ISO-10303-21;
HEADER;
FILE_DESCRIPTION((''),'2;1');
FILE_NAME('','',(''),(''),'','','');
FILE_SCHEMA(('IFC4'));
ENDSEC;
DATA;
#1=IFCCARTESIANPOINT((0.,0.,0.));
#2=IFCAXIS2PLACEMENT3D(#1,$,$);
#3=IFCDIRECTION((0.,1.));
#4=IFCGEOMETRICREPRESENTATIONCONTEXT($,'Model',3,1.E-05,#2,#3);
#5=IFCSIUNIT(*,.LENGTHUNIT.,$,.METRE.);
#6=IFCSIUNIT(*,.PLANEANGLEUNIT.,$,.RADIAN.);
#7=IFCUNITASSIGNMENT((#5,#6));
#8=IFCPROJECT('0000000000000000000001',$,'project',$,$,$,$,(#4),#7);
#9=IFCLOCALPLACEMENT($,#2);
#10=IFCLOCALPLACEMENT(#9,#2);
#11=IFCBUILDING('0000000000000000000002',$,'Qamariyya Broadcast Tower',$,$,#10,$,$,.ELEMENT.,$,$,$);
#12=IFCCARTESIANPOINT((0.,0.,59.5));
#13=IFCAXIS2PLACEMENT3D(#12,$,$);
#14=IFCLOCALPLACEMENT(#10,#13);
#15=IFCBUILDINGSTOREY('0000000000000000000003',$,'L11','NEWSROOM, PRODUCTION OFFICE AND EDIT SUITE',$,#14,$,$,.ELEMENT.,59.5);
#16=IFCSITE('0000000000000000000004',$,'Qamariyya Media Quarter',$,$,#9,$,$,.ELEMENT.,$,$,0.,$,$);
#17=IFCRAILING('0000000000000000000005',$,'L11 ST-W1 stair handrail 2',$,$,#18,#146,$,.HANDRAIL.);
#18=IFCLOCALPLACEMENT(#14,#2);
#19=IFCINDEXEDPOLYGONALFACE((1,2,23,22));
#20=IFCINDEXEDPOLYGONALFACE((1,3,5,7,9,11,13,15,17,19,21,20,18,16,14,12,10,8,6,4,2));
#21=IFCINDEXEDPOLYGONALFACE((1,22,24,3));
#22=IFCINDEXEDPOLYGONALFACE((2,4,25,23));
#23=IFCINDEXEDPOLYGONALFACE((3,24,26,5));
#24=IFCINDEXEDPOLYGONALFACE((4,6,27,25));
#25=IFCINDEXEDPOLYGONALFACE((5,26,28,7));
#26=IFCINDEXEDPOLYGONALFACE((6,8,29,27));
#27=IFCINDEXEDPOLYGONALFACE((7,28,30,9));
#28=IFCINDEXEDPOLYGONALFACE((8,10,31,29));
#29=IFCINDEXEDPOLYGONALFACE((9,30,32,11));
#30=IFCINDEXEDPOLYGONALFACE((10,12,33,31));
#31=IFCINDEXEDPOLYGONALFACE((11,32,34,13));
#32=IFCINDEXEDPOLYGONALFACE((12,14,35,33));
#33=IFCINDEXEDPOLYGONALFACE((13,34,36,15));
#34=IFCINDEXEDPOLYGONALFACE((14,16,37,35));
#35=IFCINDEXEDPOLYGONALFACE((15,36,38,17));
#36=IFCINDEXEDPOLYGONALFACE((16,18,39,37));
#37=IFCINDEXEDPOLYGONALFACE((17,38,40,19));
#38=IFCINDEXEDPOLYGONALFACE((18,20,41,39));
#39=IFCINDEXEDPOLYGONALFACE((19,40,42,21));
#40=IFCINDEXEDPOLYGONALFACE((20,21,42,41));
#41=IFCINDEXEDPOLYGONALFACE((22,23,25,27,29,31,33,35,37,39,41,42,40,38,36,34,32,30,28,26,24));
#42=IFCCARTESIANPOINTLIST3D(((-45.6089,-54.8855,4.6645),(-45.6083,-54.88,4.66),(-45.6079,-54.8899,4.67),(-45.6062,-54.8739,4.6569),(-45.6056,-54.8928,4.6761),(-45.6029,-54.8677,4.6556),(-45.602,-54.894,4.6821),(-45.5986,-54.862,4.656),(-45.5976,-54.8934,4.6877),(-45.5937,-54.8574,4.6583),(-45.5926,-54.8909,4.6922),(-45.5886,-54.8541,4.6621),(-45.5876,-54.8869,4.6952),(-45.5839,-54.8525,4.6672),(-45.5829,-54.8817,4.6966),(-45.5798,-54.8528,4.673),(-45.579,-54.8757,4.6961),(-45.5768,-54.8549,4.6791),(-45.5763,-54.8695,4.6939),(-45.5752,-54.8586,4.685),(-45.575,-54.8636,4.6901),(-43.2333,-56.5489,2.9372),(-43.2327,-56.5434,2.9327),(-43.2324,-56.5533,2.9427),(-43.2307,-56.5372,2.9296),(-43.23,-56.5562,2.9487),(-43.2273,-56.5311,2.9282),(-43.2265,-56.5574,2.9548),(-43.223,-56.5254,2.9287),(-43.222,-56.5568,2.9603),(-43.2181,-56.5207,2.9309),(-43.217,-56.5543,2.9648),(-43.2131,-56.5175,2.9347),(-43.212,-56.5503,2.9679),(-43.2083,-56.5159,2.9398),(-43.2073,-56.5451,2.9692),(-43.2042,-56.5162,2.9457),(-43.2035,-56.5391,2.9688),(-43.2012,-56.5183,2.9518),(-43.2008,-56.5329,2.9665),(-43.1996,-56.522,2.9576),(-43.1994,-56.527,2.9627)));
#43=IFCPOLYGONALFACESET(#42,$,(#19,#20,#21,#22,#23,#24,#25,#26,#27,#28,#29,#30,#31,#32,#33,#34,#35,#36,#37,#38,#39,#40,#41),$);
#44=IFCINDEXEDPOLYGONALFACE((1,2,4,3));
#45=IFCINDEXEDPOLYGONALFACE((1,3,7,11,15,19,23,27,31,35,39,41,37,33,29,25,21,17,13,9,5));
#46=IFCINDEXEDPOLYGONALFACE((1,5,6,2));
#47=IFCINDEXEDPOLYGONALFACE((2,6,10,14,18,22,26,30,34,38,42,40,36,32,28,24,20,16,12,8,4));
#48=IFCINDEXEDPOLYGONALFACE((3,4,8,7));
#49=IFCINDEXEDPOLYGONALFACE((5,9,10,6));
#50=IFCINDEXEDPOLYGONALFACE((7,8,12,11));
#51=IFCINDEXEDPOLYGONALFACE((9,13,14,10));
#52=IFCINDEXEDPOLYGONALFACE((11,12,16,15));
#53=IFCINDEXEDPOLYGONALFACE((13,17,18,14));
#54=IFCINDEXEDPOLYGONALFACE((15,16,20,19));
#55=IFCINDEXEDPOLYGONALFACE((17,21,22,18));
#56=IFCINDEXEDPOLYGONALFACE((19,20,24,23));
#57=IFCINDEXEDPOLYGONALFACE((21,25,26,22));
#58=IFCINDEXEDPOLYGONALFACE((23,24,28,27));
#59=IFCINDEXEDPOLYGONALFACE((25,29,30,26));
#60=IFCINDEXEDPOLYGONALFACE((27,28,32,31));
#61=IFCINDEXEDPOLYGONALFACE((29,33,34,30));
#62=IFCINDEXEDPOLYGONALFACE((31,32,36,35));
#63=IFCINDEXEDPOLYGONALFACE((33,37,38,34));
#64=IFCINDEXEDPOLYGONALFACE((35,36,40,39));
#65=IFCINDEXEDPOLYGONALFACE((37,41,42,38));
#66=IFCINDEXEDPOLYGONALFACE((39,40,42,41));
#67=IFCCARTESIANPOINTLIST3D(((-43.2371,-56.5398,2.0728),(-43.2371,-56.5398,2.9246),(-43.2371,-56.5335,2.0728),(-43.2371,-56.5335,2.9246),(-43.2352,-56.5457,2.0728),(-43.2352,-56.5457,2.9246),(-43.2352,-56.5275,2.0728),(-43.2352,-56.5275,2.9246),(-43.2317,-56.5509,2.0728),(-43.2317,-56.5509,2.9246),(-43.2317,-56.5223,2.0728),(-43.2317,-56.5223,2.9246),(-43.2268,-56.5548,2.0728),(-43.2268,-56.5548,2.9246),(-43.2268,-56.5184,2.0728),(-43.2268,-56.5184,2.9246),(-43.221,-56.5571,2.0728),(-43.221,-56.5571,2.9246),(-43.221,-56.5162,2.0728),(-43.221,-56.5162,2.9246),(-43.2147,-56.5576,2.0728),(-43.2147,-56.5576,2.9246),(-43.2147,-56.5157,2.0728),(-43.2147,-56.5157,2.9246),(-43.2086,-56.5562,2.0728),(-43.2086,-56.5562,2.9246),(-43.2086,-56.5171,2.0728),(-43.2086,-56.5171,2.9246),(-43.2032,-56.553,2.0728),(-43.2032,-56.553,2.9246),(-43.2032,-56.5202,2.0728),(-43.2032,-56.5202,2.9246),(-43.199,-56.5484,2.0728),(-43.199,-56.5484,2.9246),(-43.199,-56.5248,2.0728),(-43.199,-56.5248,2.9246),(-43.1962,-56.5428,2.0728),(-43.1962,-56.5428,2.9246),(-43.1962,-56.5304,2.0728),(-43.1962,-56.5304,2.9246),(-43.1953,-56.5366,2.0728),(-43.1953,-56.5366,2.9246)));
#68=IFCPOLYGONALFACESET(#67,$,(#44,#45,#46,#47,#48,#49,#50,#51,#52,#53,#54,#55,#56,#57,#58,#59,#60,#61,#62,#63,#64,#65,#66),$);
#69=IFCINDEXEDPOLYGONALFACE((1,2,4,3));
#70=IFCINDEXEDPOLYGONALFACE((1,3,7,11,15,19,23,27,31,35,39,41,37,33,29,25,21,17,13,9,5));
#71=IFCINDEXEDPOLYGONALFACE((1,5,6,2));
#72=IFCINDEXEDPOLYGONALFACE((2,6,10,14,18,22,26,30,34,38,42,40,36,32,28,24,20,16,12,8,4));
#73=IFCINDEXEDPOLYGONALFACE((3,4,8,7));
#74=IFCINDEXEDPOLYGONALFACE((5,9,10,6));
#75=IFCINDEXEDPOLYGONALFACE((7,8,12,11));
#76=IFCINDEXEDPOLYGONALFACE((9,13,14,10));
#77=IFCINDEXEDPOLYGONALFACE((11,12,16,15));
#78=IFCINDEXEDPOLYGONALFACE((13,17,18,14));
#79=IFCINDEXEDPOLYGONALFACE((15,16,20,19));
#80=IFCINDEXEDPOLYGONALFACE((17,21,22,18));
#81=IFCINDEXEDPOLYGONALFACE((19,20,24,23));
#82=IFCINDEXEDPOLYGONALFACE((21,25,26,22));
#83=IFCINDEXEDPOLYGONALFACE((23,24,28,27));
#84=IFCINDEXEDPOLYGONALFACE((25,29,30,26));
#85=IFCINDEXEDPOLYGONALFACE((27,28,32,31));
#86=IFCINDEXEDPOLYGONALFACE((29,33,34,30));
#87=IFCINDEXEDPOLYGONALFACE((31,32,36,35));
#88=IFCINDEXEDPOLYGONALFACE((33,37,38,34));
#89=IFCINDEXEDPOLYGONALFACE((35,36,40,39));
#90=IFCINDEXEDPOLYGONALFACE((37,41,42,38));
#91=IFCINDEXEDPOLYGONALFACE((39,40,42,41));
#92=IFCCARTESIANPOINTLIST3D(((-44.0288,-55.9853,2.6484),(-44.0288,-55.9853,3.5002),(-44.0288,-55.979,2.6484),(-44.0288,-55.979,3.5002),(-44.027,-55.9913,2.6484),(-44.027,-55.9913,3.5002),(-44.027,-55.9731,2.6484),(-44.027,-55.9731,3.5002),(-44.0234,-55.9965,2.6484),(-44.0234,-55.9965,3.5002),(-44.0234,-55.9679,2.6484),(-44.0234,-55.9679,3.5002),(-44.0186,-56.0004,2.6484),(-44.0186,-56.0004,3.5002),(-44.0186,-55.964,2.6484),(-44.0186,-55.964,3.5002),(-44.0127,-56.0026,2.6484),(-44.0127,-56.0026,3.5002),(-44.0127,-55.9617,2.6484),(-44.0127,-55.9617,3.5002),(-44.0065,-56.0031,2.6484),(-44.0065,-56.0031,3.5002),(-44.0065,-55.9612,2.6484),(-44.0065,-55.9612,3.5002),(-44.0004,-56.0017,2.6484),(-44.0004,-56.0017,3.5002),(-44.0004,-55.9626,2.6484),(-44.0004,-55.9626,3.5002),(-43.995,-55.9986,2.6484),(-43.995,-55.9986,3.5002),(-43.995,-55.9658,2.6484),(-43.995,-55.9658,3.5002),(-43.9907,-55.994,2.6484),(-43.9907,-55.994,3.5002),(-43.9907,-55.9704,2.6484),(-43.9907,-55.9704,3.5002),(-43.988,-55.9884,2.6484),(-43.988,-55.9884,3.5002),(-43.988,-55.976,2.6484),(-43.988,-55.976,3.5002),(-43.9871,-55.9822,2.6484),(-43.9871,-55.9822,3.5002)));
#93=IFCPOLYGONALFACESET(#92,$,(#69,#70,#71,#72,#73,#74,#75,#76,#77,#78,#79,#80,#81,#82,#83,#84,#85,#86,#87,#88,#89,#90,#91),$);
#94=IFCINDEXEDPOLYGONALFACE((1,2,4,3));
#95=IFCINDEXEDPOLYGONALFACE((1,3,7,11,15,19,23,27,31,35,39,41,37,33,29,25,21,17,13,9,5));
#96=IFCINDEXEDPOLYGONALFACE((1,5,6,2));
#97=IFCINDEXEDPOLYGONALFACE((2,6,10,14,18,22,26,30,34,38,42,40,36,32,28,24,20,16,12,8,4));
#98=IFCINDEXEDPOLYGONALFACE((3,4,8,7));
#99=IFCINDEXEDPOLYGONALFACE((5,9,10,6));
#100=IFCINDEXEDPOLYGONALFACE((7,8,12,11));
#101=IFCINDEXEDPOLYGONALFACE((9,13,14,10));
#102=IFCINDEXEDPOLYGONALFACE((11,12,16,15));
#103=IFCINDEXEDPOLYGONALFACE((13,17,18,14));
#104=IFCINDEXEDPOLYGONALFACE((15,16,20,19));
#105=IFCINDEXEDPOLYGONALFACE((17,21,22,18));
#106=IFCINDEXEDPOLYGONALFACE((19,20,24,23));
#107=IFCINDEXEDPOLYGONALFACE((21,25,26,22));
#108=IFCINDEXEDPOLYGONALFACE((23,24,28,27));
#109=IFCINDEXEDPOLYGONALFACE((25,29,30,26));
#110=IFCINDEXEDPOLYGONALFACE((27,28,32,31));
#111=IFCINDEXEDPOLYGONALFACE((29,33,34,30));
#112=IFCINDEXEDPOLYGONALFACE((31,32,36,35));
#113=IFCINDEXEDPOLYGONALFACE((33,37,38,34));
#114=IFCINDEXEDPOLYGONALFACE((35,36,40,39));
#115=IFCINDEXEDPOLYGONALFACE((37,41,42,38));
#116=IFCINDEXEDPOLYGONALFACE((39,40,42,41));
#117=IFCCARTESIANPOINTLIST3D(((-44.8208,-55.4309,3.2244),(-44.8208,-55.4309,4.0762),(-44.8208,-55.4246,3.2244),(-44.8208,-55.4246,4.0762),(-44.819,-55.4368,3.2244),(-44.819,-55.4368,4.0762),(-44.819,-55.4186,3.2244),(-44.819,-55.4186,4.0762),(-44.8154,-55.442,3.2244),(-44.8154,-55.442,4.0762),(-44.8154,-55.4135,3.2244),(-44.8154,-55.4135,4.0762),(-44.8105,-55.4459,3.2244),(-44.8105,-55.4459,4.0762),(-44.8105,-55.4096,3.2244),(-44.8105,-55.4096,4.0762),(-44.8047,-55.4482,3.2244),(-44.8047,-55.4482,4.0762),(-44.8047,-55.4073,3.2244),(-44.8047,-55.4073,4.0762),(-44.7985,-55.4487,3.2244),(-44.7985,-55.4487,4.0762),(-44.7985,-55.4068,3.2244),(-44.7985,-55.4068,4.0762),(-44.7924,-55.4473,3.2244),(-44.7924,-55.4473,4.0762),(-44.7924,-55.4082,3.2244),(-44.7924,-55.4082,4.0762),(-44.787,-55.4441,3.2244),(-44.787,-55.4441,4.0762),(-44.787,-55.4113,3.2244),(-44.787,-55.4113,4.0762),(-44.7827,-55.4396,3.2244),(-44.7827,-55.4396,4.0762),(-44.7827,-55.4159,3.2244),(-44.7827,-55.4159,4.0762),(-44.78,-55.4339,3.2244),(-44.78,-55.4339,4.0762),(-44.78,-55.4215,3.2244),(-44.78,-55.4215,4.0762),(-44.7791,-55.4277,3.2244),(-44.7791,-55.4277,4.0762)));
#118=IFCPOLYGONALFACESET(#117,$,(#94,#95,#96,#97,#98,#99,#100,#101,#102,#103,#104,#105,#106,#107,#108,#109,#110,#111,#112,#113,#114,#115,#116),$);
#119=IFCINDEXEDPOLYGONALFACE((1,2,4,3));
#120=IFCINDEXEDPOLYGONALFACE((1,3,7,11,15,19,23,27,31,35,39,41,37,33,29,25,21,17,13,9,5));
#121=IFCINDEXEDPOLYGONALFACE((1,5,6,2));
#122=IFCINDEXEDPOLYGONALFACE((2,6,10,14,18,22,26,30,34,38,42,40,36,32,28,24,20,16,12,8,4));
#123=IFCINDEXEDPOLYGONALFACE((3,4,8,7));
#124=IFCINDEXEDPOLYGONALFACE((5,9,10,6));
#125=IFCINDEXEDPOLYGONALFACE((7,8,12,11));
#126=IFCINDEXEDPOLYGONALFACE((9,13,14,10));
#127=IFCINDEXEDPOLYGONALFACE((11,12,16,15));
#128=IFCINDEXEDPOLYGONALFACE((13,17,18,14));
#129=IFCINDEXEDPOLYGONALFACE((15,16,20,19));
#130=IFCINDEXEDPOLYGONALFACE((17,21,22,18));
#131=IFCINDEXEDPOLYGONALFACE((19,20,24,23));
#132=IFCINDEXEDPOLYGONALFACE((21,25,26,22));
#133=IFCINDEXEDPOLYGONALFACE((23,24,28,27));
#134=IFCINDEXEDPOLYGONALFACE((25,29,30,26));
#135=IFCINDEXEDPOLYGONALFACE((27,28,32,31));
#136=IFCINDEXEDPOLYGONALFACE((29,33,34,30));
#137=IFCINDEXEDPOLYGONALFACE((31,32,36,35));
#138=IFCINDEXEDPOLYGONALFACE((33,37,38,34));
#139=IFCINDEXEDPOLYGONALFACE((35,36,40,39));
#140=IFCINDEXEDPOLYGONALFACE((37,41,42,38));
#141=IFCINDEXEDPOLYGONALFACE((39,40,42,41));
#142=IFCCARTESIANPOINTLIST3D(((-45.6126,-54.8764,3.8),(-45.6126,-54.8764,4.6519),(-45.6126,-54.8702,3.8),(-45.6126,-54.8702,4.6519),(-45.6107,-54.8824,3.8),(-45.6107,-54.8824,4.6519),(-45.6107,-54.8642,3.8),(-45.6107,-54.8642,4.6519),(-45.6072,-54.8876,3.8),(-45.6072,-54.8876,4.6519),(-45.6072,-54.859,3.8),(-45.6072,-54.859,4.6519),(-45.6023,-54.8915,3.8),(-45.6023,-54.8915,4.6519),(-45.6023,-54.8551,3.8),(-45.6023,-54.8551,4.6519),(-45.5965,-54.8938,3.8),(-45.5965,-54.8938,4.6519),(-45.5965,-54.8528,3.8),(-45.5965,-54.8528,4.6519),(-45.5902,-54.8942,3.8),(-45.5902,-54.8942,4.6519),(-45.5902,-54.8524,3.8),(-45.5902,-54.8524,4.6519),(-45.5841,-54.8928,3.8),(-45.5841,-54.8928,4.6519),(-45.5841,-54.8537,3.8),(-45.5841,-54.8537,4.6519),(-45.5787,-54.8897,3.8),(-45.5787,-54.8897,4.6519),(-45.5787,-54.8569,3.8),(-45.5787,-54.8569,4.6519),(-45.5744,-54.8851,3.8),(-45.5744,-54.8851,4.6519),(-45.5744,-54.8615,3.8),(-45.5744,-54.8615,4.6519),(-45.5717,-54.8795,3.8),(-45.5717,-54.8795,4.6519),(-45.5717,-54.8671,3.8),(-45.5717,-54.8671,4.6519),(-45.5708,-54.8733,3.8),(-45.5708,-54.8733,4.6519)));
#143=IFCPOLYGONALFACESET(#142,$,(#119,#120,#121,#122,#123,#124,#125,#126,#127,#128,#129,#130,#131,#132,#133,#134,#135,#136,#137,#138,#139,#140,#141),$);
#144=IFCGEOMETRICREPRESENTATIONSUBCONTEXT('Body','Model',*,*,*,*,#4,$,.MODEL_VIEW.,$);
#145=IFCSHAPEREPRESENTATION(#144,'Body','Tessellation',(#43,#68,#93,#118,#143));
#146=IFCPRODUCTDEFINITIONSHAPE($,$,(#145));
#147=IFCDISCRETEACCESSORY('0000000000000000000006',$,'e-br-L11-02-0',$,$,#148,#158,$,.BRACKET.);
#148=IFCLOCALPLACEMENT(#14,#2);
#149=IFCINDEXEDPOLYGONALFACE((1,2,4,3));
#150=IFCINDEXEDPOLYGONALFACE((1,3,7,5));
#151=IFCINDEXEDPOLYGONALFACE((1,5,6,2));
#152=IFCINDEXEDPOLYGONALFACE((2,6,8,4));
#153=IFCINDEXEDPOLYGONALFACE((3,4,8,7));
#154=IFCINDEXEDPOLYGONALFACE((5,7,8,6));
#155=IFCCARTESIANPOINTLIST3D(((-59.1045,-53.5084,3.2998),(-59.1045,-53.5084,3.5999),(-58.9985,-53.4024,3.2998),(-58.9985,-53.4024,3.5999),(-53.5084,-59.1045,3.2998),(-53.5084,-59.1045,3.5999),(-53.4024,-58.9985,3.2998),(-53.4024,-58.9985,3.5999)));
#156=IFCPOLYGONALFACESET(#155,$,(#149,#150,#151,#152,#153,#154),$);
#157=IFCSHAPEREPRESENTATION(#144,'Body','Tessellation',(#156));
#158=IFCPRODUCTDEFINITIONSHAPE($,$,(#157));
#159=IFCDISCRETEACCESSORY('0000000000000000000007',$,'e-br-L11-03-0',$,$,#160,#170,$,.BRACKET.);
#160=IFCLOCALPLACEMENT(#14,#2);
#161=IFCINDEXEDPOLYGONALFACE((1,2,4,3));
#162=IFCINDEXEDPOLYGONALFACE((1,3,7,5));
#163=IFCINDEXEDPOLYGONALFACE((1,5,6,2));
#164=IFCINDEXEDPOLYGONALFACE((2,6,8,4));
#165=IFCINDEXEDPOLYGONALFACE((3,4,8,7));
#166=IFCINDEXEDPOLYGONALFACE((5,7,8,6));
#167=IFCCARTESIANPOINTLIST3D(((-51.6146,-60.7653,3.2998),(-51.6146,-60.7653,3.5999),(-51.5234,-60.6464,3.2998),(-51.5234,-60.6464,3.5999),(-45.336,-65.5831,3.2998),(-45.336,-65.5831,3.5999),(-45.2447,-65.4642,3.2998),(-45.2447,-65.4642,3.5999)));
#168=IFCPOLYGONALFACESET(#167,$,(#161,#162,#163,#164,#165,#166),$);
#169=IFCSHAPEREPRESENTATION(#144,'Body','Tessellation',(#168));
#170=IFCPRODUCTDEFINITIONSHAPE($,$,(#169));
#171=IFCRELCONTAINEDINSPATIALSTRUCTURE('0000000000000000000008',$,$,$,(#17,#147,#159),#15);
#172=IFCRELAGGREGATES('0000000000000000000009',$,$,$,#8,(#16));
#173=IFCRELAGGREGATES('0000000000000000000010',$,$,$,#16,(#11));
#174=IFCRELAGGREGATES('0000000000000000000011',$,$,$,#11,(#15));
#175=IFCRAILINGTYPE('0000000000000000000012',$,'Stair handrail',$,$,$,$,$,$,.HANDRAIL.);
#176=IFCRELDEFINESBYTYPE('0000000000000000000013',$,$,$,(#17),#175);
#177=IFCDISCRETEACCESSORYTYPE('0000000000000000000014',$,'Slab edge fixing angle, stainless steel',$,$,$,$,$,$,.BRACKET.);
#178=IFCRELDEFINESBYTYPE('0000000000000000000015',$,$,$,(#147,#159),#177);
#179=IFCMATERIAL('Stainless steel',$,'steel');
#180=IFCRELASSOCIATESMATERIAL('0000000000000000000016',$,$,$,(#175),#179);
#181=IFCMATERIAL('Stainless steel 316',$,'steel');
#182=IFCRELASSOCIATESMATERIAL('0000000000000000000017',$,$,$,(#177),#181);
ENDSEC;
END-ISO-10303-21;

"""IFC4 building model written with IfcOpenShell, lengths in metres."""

from ifc_helpers import new_model, si_unit, direction, frame, origin, origin_2d, place, context, subcontext, project, spatial, rectangle, circle, extrude, material, type_object, element, save


model = new_model("IFC4")

# Units and contexts
model_context = context("Model", 3, precision=1e-05, world=origin(), true_north=direction((0.0, 1.0)))
body_context = subcontext(model_context, "Body", "Model", "MODEL_VIEW")
ifc_project = project(units=[si_unit("LENGTHUNIT", "METRE"), si_unit("PLANEANGLEUNIT", "RADIAN")], contexts=[model_context])

# Site, building, storey
site_placement = place(None, origin())
site = spatial("IfcSite", under=ifc_project, at=site_placement, Name="Qamariyya Media Quarter", CompositionType="ELEMENT", RefElevation=0.0)
building_placement = place(site_placement, origin())
building = spatial("IfcBuilding", under=site, at=building_placement, Name="Qamariyya Broadcast Tower", CompositionType="ELEMENT")
storey_placement = place(building_placement, frame((0.0, 0.0, 59.5)))
storey = spatial("IfcBuildingStorey", under=building, at=storey_placement, Name="L11", Description="NEWSROOM, PRODUCTION OFFICE AND EDIT SUITE", CompositionType="ELEMENT", Elevation=59.5)

# Railing
ifc_material_1 = material(Name="Stainless steel", Category="steel")
railing_type_1 = type_object("IfcRailingType", Name="Stair handrail", PredefinedType="HANDRAIL", material=ifc_material_1)
railing_1_placement = place(storey_placement, frame((-43.2163, -56.5366, 2.0728)))
element("IfcRailing", 1, at=railing_1_placement, inside=storey, type_object=railing_type_1, Name="L11 ST-W1 stair handrail 2", PredefinedType="HANDRAIL", context=body_context, shape_type="SweptSolid", body=[
    extrude(circle(Radius=0.0239, at=origin_2d()), frame((0.0, 0.0, 0.876), z_axis=(-0.70377, 0.492784, 0.511734), x_axis=(-0.573575, -0.819153, 0.0)), (0.0, 0.0, 1.0), 3.3755),
    extrude(circle(Radius=0.021, at=origin_2d()), origin(), (0.0, 0.0, 1.0), 0.8518),
    extrude(circle(Radius=0.021, at=origin_2d()), frame((-0.7917, 0.5544, 0.5757)), (0.0, 0.0, 1.0), 0.8518),
    extrude(circle(Radius=0.021, at=origin_2d()), frame((-1.5837, 1.1089, 1.1516)), (0.0, 0.0, 1.0), 0.8518),
    extrude(circle(Radius=0.021, at=origin_2d()), frame((-2.3755, 1.6633, 1.7273)), (0.0, 0.0, 1.0), 0.8518),
])

# Discrete accessories
ifc_material_2 = material(Name="Stainless steel 316", Category="steel")
discrete_accessory_type = type_object("IfcDiscreteAccessoryType", Name="Slab edge fixing angle, stainless steel", PredefinedType="BRACKET", material=ifc_material_2)
for number, where, z_axis, x_axis, name in (
    (2, (-56.2534, -56.2534, 3.2998), (0.0, 0.0, 1.0), (0.707107, -0.707107, 0.0), "e-br-L11-02-0"),
    (3, (-48.4297, -63.1147, 3.2998), (0.0, 0.0, 1.0), (0.793353, -0.608761, 0.0), "e-br-L11-03-0"),
):
    element("IfcDiscreteAccessory", number, at=place(storey_placement, frame(where, z_axis=z_axis, x_axis=x_axis)), inside=storey, type_object=discrete_accessory_type, Name=name, PredefinedType="BRACKET", context=body_context, shape_type="SweptSolid", body=[
        extrude(rectangle(XDim=7.9141, YDim=0.1499, at=origin_2d()), origin(), (0.0, 0.0, 1.0), 0.3),
    ])

save(model, "model.ifc")
